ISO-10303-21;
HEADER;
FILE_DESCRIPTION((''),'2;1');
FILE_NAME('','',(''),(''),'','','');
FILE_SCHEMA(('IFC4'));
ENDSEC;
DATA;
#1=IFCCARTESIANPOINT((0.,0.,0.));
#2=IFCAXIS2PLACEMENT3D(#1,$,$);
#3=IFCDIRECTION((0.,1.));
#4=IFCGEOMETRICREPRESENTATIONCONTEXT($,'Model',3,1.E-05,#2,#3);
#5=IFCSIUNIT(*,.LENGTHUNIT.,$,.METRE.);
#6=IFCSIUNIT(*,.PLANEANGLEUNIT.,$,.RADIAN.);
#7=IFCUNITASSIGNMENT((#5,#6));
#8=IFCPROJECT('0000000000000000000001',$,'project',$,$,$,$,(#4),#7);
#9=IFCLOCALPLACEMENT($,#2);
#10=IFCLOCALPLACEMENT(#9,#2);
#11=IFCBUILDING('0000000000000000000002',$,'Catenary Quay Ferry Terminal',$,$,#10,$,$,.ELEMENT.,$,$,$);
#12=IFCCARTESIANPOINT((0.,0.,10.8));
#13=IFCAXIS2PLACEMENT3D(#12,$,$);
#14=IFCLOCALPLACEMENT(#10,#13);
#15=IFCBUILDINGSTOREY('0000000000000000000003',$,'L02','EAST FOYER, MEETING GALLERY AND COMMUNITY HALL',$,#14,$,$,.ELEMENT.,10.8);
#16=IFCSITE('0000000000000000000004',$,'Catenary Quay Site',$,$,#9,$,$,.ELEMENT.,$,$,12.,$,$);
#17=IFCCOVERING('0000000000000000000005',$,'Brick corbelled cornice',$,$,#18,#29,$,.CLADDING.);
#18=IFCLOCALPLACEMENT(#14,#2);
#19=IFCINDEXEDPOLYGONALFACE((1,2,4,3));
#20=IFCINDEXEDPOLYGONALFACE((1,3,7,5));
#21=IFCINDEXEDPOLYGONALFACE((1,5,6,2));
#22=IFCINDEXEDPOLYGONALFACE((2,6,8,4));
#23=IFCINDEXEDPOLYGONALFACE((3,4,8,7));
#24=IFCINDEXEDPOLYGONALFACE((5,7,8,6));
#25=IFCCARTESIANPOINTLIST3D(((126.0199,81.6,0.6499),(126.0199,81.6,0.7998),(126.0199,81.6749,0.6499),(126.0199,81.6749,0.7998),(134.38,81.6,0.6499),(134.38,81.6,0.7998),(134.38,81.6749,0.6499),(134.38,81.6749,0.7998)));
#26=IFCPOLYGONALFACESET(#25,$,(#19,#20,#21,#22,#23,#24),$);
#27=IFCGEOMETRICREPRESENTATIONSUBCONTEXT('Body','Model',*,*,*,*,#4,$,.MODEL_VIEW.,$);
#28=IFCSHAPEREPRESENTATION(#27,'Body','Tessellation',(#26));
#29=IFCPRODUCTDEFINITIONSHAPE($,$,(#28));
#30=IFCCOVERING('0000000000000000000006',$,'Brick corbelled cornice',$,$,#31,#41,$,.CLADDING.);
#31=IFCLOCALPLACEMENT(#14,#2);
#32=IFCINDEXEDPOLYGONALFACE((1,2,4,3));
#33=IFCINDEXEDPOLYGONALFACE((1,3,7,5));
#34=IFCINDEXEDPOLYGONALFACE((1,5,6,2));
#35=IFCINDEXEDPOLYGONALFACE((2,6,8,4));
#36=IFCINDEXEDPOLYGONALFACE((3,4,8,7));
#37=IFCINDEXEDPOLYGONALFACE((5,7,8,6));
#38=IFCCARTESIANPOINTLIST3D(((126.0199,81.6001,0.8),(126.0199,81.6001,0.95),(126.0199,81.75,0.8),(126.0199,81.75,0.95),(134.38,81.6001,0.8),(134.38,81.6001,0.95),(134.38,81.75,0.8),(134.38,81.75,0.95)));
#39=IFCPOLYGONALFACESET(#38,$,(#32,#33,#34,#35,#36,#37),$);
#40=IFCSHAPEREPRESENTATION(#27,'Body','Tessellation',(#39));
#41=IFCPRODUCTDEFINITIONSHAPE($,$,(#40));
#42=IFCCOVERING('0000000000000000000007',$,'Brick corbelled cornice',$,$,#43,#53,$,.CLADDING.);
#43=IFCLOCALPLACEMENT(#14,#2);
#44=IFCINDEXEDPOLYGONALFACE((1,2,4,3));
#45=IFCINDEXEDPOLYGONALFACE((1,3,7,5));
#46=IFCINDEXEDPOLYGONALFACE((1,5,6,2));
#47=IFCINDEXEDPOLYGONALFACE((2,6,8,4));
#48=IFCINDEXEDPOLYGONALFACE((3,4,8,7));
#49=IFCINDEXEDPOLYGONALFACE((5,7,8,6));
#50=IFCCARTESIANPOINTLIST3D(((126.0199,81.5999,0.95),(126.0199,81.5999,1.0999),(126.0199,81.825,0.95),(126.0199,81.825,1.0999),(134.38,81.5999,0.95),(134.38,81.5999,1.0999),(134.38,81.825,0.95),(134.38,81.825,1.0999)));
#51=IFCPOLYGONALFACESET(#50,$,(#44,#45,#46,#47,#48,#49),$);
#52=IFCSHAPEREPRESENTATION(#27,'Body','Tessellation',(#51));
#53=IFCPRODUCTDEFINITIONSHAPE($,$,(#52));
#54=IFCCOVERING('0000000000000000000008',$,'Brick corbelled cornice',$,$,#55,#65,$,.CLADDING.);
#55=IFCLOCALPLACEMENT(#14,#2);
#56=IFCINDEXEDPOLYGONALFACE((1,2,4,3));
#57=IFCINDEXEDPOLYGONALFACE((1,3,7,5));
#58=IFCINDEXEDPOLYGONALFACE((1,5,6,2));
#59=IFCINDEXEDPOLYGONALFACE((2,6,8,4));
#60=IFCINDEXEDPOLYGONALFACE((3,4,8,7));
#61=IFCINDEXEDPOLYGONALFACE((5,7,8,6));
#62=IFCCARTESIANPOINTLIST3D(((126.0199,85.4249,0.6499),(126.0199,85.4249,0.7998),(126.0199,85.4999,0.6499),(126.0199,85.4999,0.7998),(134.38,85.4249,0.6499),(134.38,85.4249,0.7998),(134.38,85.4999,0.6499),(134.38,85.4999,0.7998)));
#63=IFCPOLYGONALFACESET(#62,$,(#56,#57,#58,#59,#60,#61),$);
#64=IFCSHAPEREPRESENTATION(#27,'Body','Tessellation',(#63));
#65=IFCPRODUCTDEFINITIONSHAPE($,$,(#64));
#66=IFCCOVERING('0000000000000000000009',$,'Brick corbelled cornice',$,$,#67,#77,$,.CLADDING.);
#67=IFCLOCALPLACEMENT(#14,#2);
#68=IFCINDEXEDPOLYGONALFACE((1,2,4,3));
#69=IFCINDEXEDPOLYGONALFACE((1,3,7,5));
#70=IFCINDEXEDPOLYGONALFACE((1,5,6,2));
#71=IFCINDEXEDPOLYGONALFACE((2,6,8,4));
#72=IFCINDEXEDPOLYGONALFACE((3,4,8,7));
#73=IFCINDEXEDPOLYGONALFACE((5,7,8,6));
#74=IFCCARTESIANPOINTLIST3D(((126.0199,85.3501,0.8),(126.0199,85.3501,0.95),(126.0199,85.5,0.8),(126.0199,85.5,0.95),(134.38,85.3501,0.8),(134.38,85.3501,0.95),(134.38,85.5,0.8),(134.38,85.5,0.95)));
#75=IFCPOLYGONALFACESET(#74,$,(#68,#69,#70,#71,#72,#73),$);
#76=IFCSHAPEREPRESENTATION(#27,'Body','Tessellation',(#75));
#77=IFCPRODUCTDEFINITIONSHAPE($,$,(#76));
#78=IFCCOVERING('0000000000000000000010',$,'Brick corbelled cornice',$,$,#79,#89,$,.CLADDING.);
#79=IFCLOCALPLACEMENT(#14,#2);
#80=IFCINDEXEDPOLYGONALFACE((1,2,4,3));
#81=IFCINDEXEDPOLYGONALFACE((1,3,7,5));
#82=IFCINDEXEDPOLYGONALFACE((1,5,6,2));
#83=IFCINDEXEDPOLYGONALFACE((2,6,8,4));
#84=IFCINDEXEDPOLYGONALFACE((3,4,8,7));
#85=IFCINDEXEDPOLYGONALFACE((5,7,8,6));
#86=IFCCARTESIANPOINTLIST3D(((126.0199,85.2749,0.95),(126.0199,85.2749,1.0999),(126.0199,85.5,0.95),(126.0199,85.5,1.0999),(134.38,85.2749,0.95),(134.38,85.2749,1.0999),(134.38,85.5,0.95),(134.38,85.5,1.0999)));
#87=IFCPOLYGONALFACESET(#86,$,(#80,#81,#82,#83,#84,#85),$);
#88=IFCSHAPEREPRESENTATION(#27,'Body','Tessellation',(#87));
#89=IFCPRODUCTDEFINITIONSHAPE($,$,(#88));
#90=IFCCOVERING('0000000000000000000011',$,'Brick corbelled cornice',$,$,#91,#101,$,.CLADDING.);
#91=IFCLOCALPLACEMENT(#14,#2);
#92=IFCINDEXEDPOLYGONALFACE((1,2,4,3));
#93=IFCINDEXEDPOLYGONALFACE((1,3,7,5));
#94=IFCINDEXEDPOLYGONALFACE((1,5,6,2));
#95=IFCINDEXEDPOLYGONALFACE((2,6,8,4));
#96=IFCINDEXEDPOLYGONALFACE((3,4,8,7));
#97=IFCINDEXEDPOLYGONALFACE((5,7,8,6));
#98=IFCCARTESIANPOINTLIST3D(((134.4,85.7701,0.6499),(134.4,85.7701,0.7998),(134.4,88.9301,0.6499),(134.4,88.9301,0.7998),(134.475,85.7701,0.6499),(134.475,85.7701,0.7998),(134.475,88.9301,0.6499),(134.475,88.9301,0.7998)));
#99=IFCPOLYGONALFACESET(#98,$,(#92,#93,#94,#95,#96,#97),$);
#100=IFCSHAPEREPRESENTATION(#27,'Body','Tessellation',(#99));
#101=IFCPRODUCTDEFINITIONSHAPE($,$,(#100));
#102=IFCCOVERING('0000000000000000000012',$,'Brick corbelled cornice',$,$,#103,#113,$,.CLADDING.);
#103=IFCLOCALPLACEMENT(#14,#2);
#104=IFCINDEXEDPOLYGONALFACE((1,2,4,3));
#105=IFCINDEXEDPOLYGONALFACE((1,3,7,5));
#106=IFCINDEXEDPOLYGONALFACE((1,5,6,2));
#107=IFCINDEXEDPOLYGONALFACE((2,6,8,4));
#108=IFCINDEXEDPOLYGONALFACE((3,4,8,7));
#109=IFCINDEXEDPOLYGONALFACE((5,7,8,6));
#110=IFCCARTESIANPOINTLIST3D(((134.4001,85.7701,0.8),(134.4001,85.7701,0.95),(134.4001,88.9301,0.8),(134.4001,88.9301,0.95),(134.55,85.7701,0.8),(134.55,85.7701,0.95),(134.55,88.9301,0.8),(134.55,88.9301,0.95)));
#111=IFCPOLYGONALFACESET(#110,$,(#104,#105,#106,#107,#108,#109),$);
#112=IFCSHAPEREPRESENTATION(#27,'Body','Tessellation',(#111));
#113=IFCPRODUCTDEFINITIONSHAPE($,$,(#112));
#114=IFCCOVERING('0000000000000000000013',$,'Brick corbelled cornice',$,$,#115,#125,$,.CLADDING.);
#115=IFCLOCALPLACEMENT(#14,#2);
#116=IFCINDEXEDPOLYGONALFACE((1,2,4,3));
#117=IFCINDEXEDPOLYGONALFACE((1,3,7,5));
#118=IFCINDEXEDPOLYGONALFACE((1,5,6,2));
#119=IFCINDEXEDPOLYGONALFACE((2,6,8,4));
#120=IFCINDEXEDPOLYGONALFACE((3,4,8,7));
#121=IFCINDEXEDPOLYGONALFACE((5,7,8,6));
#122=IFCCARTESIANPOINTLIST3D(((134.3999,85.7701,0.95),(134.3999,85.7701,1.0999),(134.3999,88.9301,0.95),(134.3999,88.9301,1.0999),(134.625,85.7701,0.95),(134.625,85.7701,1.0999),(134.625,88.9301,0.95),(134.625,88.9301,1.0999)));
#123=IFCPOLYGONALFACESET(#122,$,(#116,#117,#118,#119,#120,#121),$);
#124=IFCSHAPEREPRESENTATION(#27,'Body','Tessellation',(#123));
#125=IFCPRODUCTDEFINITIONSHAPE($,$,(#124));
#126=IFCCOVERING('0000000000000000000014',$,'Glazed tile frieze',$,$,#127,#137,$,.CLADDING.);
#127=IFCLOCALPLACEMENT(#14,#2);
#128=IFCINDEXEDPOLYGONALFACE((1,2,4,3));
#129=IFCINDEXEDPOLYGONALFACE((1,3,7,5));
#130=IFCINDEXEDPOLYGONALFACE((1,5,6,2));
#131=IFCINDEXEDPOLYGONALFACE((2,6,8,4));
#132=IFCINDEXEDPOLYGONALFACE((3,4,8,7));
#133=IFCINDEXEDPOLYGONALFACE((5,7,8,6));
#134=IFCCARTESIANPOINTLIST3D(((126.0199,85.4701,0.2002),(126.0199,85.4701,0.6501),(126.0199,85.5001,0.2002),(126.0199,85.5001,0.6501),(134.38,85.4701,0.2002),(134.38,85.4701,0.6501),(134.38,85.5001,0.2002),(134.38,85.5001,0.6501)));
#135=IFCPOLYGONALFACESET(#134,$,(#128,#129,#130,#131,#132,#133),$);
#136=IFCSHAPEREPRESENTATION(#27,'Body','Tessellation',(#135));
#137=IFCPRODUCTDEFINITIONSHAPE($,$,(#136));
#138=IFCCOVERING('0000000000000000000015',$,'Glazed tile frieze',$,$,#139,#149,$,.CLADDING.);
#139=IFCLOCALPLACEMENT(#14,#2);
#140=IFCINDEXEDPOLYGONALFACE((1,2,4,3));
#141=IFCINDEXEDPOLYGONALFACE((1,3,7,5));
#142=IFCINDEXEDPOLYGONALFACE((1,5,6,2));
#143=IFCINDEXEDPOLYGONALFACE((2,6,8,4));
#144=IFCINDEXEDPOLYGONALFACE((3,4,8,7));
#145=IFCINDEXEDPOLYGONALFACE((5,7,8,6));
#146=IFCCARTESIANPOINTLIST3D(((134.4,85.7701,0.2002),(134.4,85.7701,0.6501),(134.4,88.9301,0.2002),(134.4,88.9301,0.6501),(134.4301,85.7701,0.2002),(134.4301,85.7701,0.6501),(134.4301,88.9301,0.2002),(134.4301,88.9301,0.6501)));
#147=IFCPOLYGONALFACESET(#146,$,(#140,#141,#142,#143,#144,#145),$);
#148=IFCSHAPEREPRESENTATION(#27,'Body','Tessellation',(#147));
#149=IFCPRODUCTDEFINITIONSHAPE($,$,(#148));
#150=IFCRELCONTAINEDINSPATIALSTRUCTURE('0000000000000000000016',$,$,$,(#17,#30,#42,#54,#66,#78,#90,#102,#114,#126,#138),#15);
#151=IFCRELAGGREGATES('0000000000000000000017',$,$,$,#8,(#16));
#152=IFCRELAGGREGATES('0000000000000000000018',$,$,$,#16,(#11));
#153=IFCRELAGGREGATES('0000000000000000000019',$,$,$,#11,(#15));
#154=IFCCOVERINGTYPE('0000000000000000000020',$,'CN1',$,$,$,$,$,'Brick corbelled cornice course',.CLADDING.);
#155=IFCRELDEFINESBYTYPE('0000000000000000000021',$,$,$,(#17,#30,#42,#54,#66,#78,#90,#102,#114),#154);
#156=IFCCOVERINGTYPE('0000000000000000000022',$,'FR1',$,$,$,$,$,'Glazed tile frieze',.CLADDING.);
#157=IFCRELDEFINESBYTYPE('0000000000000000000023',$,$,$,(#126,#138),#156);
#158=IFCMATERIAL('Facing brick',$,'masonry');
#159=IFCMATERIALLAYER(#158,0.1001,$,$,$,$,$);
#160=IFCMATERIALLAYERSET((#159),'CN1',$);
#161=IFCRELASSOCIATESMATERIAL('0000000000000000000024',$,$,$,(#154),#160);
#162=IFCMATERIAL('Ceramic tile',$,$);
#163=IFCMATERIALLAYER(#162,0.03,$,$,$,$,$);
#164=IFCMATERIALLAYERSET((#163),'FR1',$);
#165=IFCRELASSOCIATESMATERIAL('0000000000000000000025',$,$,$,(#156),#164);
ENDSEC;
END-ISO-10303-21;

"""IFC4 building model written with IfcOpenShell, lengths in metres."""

from ifc_helpers import new_model, si_unit, direction, frame, origin, origin_2d, place, context, subcontext, project, spatial, rectangle, extrude, material, layer, layer_set, type_object, element, save


model = new_model("IFC4")

# Units and contexts
model_context = context("Model", 3, precision=1e-05, world=origin(), true_north=direction((0.0, 1.0)))
body_context = subcontext(model_context, "Body", "Model", "MODEL_VIEW")
ifc_project = project(units=[si_unit("LENGTHUNIT", "METRE"), si_unit("PLANEANGLEUNIT", "RADIAN")], contexts=[model_context])

# Site, building, storey
site_placement = place(None, origin())
site = spatial("IfcSite", under=ifc_project, at=site_placement, Name="Catenary Quay Site", CompositionType="ELEMENT", RefElevation=12.0)
building_placement = place(site_placement, origin())
building = spatial("IfcBuilding", under=site, at=building_placement, Name="Catenary Quay Ferry Terminal", CompositionType="ELEMENT")
storey_placement = place(building_placement, frame((0.0, 0.0, 10.8)))
storey = spatial("IfcBuildingStorey", under=building, at=storey_placement, Name="L02", Description="EAST FOYER, MEETING GALLERY AND COMMUNITY HALL", CompositionType="ELEMENT", Elevation=10.8)

# Coverings
ifc_material_1 = material(Name="Facing brick", Category="masonry")
ifc_layer_1 = layer(ifc_material_1, 0.1001)
ifc_layer_set_1 = layer_set([ifc_layer_1], Name="CN1")
covering_type_1 = type_object("IfcCoveringType", Name="CN1", ElementType="Brick corbelled cornice course", PredefinedType="CLADDING", material=ifc_layer_set_1)
covering_1_placement = place(storey_placement, frame((130.2, 81.6375, 0.6499), z_axis=(0.0, 0.0, 1.0), x_axis=(1.0, 0.0, 0.0)))
element("IfcCovering", 1, at=covering_1_placement, inside=storey, type_object=covering_type_1, Name="Brick corbelled cornice", PredefinedType="CLADDING", context=body_context, shape_type="SweptSolid", body=[
    extrude(rectangle(XDim=8.3601, YDim=0.075, at=origin_2d()), origin(), (0.0, 0.0, 1.0), 0.1499),
])
covering_2_placement = place(storey_placement, frame((130.2, 81.675, 0.8), z_axis=(0.0, 0.0, 1.0), x_axis=(1.0, 0.0, 0.0)))
element("IfcCovering", 2, at=covering_2_placement, inside=storey, type_object=covering_type_1, Name="Brick corbelled cornice", PredefinedType="CLADDING", context=body_context, shape_type="SweptSolid", body=[
    extrude(rectangle(XDim=8.3601, YDim=0.1499, at=origin_2d()), origin(), (0.0, 0.0, 1.0), 0.1499),
])
covering_3_placement = place(storey_placement, frame((130.2, 81.7124, 0.95), z_axis=(0.0, 0.0, 1.0), x_axis=(1.0, 0.0, 0.0)))
element("IfcCovering", 3, at=covering_3_placement, inside=storey, type_object=covering_type_1, Name="Brick corbelled cornice", PredefinedType="CLADDING", context=body_context, shape_type="SweptSolid", body=[
    extrude(rectangle(XDim=8.3601, YDim=0.2251, at=origin_2d()), origin(), (0.0, 0.0, 1.0), 0.1499),
])
covering_4_placement = place(storey_placement, frame((130.2, 85.4624, 0.6499), z_axis=(0.0, 0.0, 1.0), x_axis=(1.0, 0.0, 0.0)))
element("IfcCovering", 4, at=covering_4_placement, inside=storey, type_object=covering_type_1, Name="Brick corbelled cornice", PredefinedType="CLADDING", context=body_context, shape_type="SweptSolid", body=[
    extrude(rectangle(XDim=8.3601, YDim=0.075, at=origin_2d()), origin(), (0.0, 0.0, 1.0), 0.1499),
])
covering_5_placement = place(storey_placement, frame((130.2, 85.425, 0.8), z_axis=(0.0, 0.0, 1.0), x_axis=(1.0, 0.0, 0.0)))
element("IfcCovering", 5, at=covering_5_placement, inside=storey, type_object=covering_type_1, Name="Brick corbelled cornice", PredefinedType="CLADDING", context=body_context, shape_type="SweptSolid", body=[
    extrude(rectangle(XDim=8.3601, YDim=0.1499, at=origin_2d()), origin(), (0.0, 0.0, 1.0), 0.1499),
])
covering_6_placement = place(storey_placement, frame((130.2, 85.3875, 0.95), z_axis=(0.0, 0.0, 1.0), x_axis=(1.0, 0.0, 0.0)))
element("IfcCovering", 6, at=covering_6_placement, inside=storey, type_object=covering_type_1, Name="Brick corbelled cornice", PredefinedType="CLADDING", context=body_context, shape_type="SweptSolid", body=[
    extrude(rectangle(XDim=8.3601, YDim=0.2251, at=origin_2d()), origin(), (0.0, 0.0, 1.0), 0.1499),
])
covering_7_placement = place(storey_placement, frame((134.4375, 87.3501, 0.6499), z_axis=(0.0, 0.0, 1.0), x_axis=(1.0, 0.0, 0.0)))
element("IfcCovering", 7, at=covering_7_placement, inside=storey, type_object=covering_type_1, Name="Brick corbelled cornice", PredefinedType="CLADDING", context=body_context, shape_type="SweptSolid", body=[
    extrude(rectangle(XDim=0.075, YDim=3.1599, at=origin_2d()), origin(), (0.0, 0.0, 1.0), 0.1499),
])
covering_8_placement = place(storey_placement, frame((134.4751, 87.3501, 0.8), z_axis=(0.0, 0.0, 1.0), x_axis=(1.0, 0.0, 0.0)))
element("IfcCovering", 8, at=covering_8_placement, inside=storey, type_object=covering_type_1, Name="Brick corbelled cornice", PredefinedType="CLADDING", context=body_context, shape_type="SweptSolid", body=[
    extrude(rectangle(XDim=0.1499, YDim=3.1599, at=origin_2d()), origin(), (0.0, 0.0, 1.0), 0.1499),
])
covering_9_placement = place(storey_placement, frame((134.5125, 87.3501, 0.95), z_axis=(0.0, 0.0, 1.0), x_axis=(1.0, 0.0, 0.0)))
element("IfcCovering", 9, at=covering_9_placement, inside=storey, type_object=covering_type_1, Name="Brick corbelled cornice", PredefinedType="CLADDING", context=body_context, shape_type="SweptSolid", body=[
    extrude(rectangle(XDim=0.2251, YDim=3.1599, at=origin_2d()), origin(), (0.0, 0.0, 1.0), 0.1499),
])
ifc_material_2 = material(Name="Ceramic tile")
ifc_layer_2 = layer(ifc_material_2, 0.03)
ifc_layer_set_2 = layer_set([ifc_layer_2], Name="FR1")
covering_type_2 = type_object("IfcCoveringType", Name="FR1", ElementType="Glazed tile frieze", PredefinedType="CLADDING", material=ifc_layer_set_2)
covering_10_placement = place(storey_placement, frame((130.2, 85.4851, 0.2002), z_axis=(0.0, 0.0, 1.0), x_axis=(1.0, 0.0, 0.0)))
element("IfcCovering", 10, at=covering_10_placement, inside=storey, type_object=covering_type_2, Name="Glazed tile frieze", PredefinedType="CLADDING", context=body_context, shape_type="SweptSolid", body=[
    extrude(rectangle(XDim=8.3601, YDim=0.03, at=origin_2d()), origin(), (0.0, 0.0, 1.0), 0.45),
])
covering_11_placement = place(storey_placement, frame((134.415, 87.3501, 0.2002), z_axis=(0.0, 0.0, 1.0), x_axis=(1.0, 0.0, 0.0)))
element("IfcCovering", 11, at=covering_11_placement, inside=storey, type_object=covering_type_2, Name="Glazed tile frieze", PredefinedType="CLADDING", context=body_context, shape_type="SweptSolid", body=[
    extrude(rectangle(XDim=0.03, YDim=3.1599, at=origin_2d()), origin(), (0.0, 0.0, 1.0), 0.45),
])

save(model, "model.ifc")
